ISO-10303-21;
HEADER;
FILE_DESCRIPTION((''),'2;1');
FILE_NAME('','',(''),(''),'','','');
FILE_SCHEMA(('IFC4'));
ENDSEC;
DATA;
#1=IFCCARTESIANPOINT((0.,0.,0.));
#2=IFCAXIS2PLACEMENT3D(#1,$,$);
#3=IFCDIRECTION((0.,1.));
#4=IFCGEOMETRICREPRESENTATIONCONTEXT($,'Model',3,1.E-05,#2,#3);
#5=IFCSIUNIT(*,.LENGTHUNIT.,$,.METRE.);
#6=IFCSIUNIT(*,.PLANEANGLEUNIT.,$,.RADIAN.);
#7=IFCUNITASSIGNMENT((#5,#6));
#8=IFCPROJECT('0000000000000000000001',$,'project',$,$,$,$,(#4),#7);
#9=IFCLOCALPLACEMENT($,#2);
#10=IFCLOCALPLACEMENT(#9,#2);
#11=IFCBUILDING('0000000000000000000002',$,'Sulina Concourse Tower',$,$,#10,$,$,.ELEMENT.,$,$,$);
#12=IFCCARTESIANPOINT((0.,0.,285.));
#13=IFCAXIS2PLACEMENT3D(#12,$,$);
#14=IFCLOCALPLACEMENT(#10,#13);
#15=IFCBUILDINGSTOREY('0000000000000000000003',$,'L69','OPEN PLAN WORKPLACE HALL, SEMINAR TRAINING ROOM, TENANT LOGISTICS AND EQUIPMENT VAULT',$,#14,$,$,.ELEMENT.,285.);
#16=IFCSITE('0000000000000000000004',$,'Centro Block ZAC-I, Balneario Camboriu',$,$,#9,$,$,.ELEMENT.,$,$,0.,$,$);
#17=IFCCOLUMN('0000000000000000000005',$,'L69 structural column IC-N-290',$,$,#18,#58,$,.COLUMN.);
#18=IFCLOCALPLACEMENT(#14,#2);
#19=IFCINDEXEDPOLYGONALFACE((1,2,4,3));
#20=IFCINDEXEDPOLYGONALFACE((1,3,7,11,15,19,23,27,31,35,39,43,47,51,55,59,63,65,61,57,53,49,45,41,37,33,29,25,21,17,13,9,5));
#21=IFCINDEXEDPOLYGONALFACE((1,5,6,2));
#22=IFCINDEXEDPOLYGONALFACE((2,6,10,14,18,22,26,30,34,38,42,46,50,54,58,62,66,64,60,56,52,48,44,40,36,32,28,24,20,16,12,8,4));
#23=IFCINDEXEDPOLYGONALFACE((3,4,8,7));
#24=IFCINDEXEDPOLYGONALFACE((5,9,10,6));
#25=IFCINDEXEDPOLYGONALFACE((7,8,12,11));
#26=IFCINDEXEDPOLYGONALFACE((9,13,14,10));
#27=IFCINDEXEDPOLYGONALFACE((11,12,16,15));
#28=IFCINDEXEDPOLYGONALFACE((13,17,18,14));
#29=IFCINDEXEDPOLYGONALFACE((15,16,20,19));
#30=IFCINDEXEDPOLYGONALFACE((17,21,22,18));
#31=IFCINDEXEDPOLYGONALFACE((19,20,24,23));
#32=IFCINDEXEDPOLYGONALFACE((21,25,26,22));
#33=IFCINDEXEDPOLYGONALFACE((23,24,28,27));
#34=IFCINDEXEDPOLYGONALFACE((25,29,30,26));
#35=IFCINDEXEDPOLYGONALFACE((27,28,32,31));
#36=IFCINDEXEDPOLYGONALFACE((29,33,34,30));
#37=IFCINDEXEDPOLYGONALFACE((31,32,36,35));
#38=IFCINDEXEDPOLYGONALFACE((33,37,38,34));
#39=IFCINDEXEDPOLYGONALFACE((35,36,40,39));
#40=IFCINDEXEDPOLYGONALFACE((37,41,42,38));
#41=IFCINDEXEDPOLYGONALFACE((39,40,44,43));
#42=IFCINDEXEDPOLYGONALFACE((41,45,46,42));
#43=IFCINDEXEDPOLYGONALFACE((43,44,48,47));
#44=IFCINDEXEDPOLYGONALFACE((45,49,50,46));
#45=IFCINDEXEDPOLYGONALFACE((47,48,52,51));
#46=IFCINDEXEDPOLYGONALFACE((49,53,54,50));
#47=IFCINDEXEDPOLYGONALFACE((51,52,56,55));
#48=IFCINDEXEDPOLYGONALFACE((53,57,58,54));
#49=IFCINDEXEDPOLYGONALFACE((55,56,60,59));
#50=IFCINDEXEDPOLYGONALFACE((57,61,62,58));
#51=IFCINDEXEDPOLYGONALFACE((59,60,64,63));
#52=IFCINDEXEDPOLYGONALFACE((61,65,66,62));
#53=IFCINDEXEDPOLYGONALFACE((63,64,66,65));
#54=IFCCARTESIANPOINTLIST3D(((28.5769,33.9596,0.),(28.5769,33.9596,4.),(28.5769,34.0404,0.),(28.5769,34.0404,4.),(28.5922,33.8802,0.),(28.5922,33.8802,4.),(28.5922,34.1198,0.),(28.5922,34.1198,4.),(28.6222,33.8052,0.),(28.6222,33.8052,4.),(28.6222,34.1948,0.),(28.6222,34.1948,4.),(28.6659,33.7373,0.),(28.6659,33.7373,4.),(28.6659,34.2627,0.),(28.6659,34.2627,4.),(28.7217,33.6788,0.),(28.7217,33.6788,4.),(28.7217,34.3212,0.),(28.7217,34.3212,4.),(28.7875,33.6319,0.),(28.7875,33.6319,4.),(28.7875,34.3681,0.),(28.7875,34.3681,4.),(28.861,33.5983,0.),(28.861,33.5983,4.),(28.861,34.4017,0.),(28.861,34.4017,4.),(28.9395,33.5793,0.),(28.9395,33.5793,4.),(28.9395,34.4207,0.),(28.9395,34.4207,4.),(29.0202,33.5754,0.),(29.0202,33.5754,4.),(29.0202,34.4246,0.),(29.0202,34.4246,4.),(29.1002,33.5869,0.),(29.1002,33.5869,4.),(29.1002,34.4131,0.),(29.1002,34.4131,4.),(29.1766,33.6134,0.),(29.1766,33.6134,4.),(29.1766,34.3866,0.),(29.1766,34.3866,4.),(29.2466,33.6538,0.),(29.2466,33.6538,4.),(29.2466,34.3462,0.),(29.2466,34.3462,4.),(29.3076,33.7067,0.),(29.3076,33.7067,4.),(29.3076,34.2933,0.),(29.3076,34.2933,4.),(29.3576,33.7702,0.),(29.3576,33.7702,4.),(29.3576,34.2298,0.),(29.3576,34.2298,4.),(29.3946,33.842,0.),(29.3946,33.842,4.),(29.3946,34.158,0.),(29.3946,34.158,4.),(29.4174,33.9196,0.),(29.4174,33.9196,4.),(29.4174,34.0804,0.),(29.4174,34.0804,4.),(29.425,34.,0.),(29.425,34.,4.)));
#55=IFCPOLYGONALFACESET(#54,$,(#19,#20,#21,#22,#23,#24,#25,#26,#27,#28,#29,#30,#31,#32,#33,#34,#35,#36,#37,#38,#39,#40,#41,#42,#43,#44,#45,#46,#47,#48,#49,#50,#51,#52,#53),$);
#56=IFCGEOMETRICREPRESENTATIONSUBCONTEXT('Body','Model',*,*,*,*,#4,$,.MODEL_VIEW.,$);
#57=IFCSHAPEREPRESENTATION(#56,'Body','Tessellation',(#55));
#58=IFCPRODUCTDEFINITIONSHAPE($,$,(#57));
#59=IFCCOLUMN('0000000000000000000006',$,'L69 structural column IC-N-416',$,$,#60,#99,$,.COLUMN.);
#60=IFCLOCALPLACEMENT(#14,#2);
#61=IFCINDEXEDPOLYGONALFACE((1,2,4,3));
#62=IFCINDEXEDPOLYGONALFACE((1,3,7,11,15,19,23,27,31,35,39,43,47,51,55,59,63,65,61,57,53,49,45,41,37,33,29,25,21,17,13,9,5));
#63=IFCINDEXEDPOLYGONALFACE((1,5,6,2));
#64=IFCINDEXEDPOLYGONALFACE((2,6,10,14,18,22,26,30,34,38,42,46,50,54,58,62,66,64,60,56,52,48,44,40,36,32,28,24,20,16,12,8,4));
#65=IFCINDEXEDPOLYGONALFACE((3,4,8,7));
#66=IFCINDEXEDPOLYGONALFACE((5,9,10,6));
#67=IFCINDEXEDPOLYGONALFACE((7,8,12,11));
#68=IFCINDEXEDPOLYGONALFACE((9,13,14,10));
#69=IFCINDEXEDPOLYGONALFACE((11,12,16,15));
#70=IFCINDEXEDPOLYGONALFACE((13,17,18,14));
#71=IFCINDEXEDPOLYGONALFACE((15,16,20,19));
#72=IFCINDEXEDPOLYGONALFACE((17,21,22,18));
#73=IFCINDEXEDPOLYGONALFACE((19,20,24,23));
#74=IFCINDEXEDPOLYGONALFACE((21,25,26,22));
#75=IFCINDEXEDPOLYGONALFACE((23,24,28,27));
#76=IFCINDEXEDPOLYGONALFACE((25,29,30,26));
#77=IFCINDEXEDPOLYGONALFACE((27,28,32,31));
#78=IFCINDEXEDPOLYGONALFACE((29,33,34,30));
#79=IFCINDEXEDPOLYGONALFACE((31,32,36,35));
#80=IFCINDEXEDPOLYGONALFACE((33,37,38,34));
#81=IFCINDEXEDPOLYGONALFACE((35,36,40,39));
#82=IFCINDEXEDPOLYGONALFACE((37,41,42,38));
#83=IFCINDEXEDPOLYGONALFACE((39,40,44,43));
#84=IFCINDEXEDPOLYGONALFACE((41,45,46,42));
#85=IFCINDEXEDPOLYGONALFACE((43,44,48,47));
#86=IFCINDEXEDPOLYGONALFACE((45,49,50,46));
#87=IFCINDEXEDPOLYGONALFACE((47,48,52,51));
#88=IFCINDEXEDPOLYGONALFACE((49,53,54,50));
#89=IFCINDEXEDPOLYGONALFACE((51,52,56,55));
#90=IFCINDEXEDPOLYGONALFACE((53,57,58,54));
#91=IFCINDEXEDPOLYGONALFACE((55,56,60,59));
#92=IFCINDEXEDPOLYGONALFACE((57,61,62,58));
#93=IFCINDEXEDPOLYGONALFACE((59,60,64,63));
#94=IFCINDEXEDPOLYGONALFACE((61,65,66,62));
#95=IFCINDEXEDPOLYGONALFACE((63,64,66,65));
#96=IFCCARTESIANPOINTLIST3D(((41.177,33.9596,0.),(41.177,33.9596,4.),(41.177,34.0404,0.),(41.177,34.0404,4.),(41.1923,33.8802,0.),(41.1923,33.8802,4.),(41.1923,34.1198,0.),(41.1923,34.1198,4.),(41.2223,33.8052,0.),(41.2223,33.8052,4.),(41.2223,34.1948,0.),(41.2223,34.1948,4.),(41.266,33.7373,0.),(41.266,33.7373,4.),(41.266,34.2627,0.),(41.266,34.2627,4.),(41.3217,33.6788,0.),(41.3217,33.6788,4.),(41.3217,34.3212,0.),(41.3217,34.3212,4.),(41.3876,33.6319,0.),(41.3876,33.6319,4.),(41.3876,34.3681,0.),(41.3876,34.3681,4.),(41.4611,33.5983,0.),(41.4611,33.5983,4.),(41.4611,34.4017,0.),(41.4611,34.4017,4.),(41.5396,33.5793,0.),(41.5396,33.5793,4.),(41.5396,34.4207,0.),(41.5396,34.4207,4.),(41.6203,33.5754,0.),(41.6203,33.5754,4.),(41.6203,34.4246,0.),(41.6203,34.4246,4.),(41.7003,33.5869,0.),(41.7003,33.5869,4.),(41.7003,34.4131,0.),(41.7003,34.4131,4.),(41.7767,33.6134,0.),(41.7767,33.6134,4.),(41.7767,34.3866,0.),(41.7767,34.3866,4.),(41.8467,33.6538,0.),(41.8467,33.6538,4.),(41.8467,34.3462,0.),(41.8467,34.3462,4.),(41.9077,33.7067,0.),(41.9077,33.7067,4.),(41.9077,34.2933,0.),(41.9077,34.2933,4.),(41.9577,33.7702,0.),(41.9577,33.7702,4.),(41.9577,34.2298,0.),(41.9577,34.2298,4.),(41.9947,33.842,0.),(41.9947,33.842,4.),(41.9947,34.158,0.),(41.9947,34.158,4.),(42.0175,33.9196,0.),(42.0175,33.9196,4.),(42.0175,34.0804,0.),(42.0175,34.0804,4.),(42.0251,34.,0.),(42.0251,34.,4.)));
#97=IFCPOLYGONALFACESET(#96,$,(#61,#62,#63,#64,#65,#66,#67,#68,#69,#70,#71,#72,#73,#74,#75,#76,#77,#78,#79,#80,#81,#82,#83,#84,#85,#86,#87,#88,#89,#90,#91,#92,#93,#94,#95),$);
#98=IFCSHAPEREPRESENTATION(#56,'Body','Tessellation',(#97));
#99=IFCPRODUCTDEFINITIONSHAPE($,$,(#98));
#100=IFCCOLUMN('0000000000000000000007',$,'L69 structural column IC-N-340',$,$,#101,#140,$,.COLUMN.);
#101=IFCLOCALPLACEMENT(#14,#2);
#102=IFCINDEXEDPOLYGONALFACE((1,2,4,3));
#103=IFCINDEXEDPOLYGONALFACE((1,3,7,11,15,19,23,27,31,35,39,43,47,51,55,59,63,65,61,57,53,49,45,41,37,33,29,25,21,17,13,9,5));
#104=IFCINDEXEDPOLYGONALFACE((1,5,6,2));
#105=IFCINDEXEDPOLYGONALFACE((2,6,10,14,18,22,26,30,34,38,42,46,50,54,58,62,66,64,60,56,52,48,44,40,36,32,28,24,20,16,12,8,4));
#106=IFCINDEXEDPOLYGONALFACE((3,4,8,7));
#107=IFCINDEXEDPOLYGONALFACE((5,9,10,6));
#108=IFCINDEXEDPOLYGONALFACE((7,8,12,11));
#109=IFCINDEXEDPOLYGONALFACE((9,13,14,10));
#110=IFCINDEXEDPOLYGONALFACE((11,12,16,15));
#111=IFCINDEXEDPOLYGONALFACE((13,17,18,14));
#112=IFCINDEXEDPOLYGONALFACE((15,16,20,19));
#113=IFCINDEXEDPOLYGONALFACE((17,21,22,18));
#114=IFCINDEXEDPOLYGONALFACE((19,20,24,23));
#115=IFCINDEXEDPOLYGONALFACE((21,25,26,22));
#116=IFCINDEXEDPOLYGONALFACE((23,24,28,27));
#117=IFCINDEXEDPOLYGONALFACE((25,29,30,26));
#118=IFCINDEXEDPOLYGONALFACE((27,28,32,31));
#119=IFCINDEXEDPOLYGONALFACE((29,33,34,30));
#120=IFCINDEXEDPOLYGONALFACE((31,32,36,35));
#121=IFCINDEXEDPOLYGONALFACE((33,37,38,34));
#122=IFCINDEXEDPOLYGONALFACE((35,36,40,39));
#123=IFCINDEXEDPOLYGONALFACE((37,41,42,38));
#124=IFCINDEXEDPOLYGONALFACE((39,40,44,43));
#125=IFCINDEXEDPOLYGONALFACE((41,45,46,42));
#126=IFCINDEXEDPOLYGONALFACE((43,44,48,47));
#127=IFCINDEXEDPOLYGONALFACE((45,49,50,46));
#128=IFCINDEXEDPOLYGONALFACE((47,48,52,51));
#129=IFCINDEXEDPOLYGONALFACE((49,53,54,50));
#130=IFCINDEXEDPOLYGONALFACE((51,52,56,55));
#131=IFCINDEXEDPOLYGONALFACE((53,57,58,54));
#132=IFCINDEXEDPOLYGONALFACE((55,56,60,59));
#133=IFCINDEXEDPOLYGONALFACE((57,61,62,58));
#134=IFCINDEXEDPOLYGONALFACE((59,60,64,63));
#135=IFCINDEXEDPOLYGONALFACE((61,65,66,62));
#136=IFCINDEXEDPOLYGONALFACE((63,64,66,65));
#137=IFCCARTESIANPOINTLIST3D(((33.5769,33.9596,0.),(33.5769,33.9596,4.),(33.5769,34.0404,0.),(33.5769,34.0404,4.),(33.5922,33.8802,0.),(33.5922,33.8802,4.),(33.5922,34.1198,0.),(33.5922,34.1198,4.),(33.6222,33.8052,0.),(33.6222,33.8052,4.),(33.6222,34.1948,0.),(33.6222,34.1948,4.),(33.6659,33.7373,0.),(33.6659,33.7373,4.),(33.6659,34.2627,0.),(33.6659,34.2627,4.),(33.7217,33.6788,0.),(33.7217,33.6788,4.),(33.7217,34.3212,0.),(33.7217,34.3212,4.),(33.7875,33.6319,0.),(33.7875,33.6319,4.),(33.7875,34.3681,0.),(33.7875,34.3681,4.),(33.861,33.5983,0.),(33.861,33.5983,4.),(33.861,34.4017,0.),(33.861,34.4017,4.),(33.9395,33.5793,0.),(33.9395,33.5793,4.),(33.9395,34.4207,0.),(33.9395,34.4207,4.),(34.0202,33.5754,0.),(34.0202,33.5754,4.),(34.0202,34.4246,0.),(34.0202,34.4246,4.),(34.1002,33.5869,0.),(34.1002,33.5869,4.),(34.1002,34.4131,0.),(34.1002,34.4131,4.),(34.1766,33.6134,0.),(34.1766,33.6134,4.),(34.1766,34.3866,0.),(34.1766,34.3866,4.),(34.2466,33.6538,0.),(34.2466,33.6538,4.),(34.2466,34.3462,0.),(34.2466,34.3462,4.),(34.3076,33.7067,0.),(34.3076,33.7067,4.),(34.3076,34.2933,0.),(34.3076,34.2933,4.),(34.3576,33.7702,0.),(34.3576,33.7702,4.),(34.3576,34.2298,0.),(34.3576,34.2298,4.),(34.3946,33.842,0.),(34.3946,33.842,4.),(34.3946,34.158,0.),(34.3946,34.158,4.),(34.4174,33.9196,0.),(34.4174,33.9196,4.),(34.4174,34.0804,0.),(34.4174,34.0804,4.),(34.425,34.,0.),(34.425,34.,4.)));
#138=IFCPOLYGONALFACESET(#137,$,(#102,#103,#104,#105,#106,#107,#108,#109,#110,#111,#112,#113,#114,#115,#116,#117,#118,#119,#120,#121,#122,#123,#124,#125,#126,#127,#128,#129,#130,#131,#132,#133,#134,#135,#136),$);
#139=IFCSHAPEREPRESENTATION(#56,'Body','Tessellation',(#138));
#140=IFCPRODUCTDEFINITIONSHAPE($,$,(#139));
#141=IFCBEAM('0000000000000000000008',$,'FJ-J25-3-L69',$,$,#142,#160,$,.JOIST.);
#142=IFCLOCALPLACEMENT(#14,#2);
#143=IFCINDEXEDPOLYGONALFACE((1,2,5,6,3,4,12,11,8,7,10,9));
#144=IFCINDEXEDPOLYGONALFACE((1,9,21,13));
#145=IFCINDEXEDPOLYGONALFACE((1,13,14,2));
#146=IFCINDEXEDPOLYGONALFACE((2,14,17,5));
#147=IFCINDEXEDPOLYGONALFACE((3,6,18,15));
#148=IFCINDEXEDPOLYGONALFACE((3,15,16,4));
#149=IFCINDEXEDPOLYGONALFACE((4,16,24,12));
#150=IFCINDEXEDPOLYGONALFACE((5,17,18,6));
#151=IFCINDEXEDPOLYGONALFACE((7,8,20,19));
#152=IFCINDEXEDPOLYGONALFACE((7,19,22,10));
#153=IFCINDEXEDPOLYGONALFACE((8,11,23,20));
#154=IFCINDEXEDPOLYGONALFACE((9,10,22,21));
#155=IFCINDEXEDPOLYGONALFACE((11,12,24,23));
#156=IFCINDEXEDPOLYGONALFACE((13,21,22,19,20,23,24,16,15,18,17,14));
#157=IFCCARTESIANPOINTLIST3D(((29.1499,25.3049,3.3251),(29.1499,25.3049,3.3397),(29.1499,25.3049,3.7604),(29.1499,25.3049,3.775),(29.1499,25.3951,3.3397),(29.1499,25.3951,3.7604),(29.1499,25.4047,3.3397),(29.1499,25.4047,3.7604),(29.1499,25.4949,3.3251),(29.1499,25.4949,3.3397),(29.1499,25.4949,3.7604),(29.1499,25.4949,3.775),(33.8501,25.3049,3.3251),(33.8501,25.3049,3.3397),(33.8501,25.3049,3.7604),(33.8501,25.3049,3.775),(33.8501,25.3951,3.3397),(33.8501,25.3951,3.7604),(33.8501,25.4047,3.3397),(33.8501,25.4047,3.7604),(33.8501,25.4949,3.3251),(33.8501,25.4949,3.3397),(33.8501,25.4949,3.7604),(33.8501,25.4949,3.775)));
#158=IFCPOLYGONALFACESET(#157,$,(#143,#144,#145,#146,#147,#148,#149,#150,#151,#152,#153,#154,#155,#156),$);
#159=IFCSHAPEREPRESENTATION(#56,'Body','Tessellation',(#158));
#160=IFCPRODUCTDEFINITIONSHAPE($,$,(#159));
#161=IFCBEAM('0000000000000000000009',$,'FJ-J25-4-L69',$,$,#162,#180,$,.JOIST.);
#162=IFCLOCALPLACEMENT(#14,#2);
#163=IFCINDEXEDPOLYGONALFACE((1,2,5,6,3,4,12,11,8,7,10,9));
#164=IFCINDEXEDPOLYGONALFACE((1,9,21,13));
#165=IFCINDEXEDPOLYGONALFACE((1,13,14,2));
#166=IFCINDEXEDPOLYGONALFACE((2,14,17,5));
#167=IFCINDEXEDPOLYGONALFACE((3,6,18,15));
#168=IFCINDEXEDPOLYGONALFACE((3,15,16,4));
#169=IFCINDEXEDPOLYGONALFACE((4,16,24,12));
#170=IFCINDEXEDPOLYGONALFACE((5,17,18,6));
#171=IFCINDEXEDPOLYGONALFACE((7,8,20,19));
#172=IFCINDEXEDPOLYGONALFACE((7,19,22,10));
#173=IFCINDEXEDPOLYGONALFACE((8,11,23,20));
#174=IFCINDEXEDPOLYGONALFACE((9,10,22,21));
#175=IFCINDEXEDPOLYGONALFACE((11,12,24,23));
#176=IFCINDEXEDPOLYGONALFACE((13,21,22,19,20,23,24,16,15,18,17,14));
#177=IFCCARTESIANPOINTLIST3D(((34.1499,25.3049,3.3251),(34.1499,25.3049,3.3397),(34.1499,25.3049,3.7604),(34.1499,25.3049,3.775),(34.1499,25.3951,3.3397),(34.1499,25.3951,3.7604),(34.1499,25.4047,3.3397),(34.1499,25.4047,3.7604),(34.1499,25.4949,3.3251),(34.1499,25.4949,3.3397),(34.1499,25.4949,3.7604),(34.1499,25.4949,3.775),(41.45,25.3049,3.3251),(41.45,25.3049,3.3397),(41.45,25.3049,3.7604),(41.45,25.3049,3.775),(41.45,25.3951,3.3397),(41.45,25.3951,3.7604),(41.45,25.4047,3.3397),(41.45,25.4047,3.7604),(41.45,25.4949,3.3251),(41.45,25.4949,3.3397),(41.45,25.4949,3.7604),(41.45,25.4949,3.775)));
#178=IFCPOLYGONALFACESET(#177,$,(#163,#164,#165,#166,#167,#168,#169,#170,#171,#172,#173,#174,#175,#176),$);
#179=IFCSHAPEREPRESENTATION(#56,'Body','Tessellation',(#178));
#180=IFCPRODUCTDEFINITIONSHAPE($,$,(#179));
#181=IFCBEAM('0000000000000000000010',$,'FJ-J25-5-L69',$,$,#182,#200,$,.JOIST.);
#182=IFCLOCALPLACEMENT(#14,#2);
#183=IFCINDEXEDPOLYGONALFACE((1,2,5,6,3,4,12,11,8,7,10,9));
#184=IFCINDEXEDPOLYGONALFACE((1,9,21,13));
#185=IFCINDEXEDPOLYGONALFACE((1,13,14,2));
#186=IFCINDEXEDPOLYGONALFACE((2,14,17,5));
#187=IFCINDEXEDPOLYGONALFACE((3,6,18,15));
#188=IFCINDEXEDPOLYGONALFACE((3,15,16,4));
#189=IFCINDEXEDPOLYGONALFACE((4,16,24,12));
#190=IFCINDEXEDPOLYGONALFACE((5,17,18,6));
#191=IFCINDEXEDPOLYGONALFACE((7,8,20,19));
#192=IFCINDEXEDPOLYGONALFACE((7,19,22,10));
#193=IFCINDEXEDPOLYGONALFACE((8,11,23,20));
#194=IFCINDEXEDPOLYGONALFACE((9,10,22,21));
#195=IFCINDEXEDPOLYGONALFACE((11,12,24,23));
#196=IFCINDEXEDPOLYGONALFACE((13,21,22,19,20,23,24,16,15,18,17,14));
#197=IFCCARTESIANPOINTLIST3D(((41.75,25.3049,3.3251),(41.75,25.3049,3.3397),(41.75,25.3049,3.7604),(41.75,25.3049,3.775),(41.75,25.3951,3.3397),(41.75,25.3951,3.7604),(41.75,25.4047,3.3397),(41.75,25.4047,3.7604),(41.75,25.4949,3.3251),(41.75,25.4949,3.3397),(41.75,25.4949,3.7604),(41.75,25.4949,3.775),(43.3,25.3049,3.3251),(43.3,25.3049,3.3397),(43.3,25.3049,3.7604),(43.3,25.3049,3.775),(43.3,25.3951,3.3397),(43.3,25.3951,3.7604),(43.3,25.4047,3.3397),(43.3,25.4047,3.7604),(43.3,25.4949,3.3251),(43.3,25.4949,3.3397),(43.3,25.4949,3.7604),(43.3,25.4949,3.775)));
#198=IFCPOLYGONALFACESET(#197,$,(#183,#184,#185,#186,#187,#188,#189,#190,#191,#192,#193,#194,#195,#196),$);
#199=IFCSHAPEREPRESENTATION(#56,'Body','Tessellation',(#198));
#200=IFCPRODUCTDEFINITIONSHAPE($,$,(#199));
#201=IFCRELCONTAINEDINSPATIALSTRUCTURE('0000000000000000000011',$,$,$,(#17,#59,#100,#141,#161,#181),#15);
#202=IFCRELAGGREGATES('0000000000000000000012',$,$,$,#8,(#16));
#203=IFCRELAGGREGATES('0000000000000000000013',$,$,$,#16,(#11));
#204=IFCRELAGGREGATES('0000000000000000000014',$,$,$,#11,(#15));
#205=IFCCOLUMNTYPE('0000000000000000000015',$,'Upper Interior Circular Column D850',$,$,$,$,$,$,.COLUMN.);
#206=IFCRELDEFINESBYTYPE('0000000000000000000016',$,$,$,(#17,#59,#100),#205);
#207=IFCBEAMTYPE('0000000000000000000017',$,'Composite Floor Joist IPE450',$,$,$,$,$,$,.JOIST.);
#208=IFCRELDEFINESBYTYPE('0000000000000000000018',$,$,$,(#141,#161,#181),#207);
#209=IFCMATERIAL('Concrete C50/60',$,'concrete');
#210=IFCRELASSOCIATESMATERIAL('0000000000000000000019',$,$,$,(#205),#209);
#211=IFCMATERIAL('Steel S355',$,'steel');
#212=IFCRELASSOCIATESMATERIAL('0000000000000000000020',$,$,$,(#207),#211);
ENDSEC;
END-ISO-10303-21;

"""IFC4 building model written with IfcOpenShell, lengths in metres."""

from ifc_helpers import new_model, si_unit, direction, frame, origin, origin_2d, place, context, subcontext, project, spatial, circle, i_section, extrude, material, material_profile, profile_set, type_object, element, save


model = new_model("IFC4")

# Units and contexts
model_context = context("Model", 3, precision=1e-05, world=origin(), true_north=direction((0.0, 1.0)))
body_context = subcontext(model_context, "Body", "Model", "MODEL_VIEW")
ifc_project = project(units=[si_unit("LENGTHUNIT", "METRE"), si_unit("PLANEANGLEUNIT", "RADIAN")], contexts=[model_context])

# Site, building, storey
site_placement = place(None, origin())
site = spatial("IfcSite", under=ifc_project, at=site_placement, Name="Centro Block ZAC-I, Balneario Camboriu", CompositionType="ELEMENT", RefElevation=0.0)
building_placement = place(site_placement, origin())
building = spatial("IfcBuilding", under=site, at=building_placement, Name="Sulina Concourse Tower", CompositionType="ELEMENT")
storey_placement = place(building_placement, frame((0.0, 0.0, 285.0)))
storey = spatial("IfcBuildingStorey", under=building, at=storey_placement, Name="L69", Description="OPEN PLAN WORKPLACE HALL, SEMINAR TRAINING ROOM, TENANT LOGISTICS AND EQUIPMENT VAULT", CompositionType="ELEMENT", Elevation=285.0)

# Columns
ifc_material_1 = material(Name="Concrete C50/60", Category="concrete")
ifc_material_profile_1 = material_profile(ifc_material_1, circle(Radius=0.425, at=origin_2d()), Name="RC D850")
ifc_profile_set_1 = profile_set([ifc_material_profile_1], Name="Concrete C50/60")
column_type = type_object("IfcColumnType", Name="Upper Interior Circular Column D850", PredefinedType="COLUMN", material=ifc_profile_set_1)
for number, where, z_axis, x_axis, name in (
    (1, (29.0, 34.0, 0.0), (0.0, 0.0, 1.0), (1.0, 0.0, 0.0), "L69 structural column IC-N-290"),
    (2, (41.6001, 34.0, 0.0), (0.0, 0.0, 1.0), (1.0, 0.0, 0.0), "L69 structural column IC-N-416"),
    (3, (34.0, 34.0, 0.0), (0.0, 0.0, 1.0), (1.0, 0.0, 0.0), "L69 structural column IC-N-340"),
):
    element("IfcColumn", number, at=place(storey_placement, frame(where, z_axis=z_axis, x_axis=x_axis)), inside=storey, type_object=column_type, Name=name, PredefinedType="COLUMN", context=body_context, shape_type="SweptSolid", body=[
        extrude(circle(Radius=0.425, at=origin_2d()), origin(), (0.0, 0.0, 1.0), 4.0),
    ])

# Beams
ifc_material_2 = material(Name="Steel S355", Category="steel")
ifc_material_profile_2 = material_profile(ifc_material_2, i_section(OverallWidth=0.1899, OverallDepth=0.45, WebThickness=0.0095, FlangeThickness=0.0146, at=origin_2d()), Name="IPE 450")
ifc_profile_set_2 = profile_set([ifc_material_profile_2], Name="Steel S355")
beam_type_1 = type_object("IfcBeamType", Name="Composite Floor Joist IPE450", PredefinedType="JOIST", material=ifc_profile_set_2)
beam_1_placement = place(storey_placement, frame((29.1499, 25.3999, 3.55), z_axis=(1.0, 0.0, 0.0), x_axis=(0.0, 1.0, 0.0)))
element("IfcBeam", 4, at=beam_1_placement, inside=storey, type_object=beam_type_1, Name="FJ-J25-3-L69", PredefinedType="JOIST", context=body_context, shape_type="SweptSolid", body=[
    extrude(i_section(OverallWidth=0.1899, OverallDepth=0.45, WebThickness=0.0095, FlangeThickness=0.0146, at=origin_2d()), origin(), (0.0, 0.0, 1.0), 4.7002),
])
beam_2_placement = place(storey_placement, frame((34.1499, 25.3999, 3.55), z_axis=(1.0, 0.0, 0.0), x_axis=(0.0, 1.0, 0.0)))
element("IfcBeam", 5, at=beam_2_placement, inside=storey, type_object=beam_type_1, Name="FJ-J25-4-L69", PredefinedType="JOIST", context=body_context, shape_type="SweptSolid", body=[
    extrude(i_section(OverallWidth=0.1899, OverallDepth=0.45, WebThickness=0.0095, FlangeThickness=0.0146, at=origin_2d()), origin(), (0.0, 0.0, 1.0), 7.3),
])
beam_3_placement = place(storey_placement, frame((41.75, 25.3999, 3.55), z_axis=(1.0, 0.0, 0.0), x_axis=(0.0, 1.0, 0.0)))
element("IfcBeam", 6, at=beam_3_placement, inside=storey, type_object=beam_type_1, Name="FJ-J25-5-L69", PredefinedType="JOIST", context=body_context, shape_type="SweptSolid", body=[
    extrude(i_section(OverallWidth=0.1899, OverallDepth=0.45, WebThickness=0.0095, FlangeThickness=0.0146, at=origin_2d()), origin(), (0.0, 0.0, 1.0), 1.55),
])

save(model, "model.ifc")
